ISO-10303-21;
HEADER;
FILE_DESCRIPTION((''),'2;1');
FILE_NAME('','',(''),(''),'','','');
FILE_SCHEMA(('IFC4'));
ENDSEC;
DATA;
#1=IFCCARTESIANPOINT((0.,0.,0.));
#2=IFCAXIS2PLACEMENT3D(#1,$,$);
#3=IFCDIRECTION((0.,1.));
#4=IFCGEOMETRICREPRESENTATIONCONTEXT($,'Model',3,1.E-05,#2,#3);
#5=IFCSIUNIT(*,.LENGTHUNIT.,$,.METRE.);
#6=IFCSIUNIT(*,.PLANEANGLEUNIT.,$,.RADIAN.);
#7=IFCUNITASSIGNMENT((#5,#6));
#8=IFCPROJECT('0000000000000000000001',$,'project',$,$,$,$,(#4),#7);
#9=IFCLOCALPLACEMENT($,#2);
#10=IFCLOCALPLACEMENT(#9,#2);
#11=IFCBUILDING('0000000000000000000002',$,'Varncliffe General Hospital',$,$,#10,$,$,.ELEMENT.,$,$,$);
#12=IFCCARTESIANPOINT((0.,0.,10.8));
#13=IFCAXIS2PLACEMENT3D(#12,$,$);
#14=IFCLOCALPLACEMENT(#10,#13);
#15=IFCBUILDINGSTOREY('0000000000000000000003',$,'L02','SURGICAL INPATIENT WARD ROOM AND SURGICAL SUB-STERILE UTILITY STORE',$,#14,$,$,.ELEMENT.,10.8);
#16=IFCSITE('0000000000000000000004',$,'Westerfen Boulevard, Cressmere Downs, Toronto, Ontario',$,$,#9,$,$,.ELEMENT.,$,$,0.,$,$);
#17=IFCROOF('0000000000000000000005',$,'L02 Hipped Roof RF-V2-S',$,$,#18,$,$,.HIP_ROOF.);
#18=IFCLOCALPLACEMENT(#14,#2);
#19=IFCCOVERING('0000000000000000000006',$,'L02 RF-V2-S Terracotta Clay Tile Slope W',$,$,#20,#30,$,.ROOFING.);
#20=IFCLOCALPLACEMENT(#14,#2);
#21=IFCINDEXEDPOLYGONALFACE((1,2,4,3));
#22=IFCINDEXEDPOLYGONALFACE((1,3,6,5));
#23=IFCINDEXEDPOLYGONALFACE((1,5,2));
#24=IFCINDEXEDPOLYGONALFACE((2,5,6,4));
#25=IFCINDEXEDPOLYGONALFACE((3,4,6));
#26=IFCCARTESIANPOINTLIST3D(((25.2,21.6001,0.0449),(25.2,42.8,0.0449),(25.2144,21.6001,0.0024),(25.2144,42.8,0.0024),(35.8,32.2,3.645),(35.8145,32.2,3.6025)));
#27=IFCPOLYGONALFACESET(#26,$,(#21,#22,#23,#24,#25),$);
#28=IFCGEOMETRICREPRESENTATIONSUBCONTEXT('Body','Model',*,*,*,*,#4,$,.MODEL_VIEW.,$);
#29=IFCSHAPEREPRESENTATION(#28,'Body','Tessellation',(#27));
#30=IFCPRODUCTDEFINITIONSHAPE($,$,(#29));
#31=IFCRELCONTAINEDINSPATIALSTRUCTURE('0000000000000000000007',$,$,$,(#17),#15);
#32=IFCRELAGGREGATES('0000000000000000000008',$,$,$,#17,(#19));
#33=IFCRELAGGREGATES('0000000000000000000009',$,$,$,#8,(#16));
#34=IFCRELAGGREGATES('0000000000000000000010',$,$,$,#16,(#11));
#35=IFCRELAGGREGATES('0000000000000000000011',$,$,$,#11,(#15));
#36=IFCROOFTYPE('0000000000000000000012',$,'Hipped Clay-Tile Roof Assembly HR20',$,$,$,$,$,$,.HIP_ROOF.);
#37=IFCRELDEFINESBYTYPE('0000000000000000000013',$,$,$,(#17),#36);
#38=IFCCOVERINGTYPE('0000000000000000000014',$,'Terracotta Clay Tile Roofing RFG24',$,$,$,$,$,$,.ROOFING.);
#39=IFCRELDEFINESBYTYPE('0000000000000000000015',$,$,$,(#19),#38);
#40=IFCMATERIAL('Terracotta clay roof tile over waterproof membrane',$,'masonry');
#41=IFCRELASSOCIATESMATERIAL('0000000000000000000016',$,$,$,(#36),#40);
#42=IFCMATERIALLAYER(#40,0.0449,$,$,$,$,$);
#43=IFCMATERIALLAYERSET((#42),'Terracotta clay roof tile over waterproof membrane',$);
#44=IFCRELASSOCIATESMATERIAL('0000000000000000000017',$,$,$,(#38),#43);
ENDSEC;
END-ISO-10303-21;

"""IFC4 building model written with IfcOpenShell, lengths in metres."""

from ifc_helpers import new_model, si_unit, direction, frame, origin, place, context, subcontext, project, spatial, polyline, outline, extrude, material, layer, layer_set, type_object, element, aggregate, save


model = new_model("IFC4")

# Units and contexts
model_context = context("Model", 3, precision=1e-05, world=origin(), true_north=direction((0.0, 1.0)))
body_context = subcontext(model_context, "Body", "Model", "MODEL_VIEW")
ifc_project = project(units=[si_unit("LENGTHUNIT", "METRE"), si_unit("PLANEANGLEUNIT", "RADIAN")], contexts=[model_context])

# Site, building, storey
site_placement = place(None, origin())
site = spatial("IfcSite", under=ifc_project, at=site_placement, Name="Westerfen Boulevard, Cressmere Downs, Toronto, Ontario", CompositionType="ELEMENT", RefElevation=0.0)
building_placement = place(site_placement, origin())
building = spatial("IfcBuilding", under=site, at=building_placement, Name="Varncliffe General Hospital", CompositionType="ELEMENT")
storey_placement = place(building_placement, frame((0.0, 0.0, 10.8)))
storey = spatial("IfcBuildingStorey", under=building, at=storey_placement, Name="L02", Description="SURGICAL INPATIENT WARD ROOM AND SURGICAL SUB-STERILE UTILITY STORE", CompositionType="ELEMENT", Elevation=10.8)

# Roof, covering
ifc_material_1 = material(Name="Terracotta clay roof tile over waterproof membrane", Category="masonry")
roof_type = type_object("IfcRoofType", Name="Hipped Clay-Tile Roof Assembly HR20", PredefinedType="HIP_ROOF", material=ifc_material_1)
ifc_layer_1 = layer(ifc_material_1, 0.0449)
ifc_layer_set_1 = layer_set([ifc_layer_1], Name="Terracotta clay roof tile over waterproof membrane")
covering_type = type_object("IfcCoveringType", Name="Terracotta Clay Tile Roofing RFG24", PredefinedType="ROOFING", material=ifc_layer_set_1)
roof_1_placement = place(storey_placement, origin())
roof_1 = element("IfcRoof", 1, at=roof_1_placement, inside=storey, type_object=roof_type, Name="L02 Hipped Roof RF-V2-S", PredefinedType="HIP_ROOF")
covering_1_placement = place(storey_placement, frame((25.2, 42.8, 0.0449), z_axis=(-0.321588, 0.0, 0.94688), x_axis=(0.0, -1.0, 0.0)))
covering_1 = element("IfcCovering", 2, at=covering_1_placement, type_object=covering_type, Name="L02 RF-V2-S Terracotta Clay Tile Slope W", PredefinedType="ROOFING", context=body_context, shape_type="SweptSolid", body=[
    extrude(outline(polyline([(0.0, 0.0), (21.2, 0.0), (10.6001, 11.1948), (0.0, 0.0)])), origin(), (0.0, 0.0, -1.0), 0.0449),
])
aggregate(roof_1, [covering_1])

save(model, "model.ifc")
